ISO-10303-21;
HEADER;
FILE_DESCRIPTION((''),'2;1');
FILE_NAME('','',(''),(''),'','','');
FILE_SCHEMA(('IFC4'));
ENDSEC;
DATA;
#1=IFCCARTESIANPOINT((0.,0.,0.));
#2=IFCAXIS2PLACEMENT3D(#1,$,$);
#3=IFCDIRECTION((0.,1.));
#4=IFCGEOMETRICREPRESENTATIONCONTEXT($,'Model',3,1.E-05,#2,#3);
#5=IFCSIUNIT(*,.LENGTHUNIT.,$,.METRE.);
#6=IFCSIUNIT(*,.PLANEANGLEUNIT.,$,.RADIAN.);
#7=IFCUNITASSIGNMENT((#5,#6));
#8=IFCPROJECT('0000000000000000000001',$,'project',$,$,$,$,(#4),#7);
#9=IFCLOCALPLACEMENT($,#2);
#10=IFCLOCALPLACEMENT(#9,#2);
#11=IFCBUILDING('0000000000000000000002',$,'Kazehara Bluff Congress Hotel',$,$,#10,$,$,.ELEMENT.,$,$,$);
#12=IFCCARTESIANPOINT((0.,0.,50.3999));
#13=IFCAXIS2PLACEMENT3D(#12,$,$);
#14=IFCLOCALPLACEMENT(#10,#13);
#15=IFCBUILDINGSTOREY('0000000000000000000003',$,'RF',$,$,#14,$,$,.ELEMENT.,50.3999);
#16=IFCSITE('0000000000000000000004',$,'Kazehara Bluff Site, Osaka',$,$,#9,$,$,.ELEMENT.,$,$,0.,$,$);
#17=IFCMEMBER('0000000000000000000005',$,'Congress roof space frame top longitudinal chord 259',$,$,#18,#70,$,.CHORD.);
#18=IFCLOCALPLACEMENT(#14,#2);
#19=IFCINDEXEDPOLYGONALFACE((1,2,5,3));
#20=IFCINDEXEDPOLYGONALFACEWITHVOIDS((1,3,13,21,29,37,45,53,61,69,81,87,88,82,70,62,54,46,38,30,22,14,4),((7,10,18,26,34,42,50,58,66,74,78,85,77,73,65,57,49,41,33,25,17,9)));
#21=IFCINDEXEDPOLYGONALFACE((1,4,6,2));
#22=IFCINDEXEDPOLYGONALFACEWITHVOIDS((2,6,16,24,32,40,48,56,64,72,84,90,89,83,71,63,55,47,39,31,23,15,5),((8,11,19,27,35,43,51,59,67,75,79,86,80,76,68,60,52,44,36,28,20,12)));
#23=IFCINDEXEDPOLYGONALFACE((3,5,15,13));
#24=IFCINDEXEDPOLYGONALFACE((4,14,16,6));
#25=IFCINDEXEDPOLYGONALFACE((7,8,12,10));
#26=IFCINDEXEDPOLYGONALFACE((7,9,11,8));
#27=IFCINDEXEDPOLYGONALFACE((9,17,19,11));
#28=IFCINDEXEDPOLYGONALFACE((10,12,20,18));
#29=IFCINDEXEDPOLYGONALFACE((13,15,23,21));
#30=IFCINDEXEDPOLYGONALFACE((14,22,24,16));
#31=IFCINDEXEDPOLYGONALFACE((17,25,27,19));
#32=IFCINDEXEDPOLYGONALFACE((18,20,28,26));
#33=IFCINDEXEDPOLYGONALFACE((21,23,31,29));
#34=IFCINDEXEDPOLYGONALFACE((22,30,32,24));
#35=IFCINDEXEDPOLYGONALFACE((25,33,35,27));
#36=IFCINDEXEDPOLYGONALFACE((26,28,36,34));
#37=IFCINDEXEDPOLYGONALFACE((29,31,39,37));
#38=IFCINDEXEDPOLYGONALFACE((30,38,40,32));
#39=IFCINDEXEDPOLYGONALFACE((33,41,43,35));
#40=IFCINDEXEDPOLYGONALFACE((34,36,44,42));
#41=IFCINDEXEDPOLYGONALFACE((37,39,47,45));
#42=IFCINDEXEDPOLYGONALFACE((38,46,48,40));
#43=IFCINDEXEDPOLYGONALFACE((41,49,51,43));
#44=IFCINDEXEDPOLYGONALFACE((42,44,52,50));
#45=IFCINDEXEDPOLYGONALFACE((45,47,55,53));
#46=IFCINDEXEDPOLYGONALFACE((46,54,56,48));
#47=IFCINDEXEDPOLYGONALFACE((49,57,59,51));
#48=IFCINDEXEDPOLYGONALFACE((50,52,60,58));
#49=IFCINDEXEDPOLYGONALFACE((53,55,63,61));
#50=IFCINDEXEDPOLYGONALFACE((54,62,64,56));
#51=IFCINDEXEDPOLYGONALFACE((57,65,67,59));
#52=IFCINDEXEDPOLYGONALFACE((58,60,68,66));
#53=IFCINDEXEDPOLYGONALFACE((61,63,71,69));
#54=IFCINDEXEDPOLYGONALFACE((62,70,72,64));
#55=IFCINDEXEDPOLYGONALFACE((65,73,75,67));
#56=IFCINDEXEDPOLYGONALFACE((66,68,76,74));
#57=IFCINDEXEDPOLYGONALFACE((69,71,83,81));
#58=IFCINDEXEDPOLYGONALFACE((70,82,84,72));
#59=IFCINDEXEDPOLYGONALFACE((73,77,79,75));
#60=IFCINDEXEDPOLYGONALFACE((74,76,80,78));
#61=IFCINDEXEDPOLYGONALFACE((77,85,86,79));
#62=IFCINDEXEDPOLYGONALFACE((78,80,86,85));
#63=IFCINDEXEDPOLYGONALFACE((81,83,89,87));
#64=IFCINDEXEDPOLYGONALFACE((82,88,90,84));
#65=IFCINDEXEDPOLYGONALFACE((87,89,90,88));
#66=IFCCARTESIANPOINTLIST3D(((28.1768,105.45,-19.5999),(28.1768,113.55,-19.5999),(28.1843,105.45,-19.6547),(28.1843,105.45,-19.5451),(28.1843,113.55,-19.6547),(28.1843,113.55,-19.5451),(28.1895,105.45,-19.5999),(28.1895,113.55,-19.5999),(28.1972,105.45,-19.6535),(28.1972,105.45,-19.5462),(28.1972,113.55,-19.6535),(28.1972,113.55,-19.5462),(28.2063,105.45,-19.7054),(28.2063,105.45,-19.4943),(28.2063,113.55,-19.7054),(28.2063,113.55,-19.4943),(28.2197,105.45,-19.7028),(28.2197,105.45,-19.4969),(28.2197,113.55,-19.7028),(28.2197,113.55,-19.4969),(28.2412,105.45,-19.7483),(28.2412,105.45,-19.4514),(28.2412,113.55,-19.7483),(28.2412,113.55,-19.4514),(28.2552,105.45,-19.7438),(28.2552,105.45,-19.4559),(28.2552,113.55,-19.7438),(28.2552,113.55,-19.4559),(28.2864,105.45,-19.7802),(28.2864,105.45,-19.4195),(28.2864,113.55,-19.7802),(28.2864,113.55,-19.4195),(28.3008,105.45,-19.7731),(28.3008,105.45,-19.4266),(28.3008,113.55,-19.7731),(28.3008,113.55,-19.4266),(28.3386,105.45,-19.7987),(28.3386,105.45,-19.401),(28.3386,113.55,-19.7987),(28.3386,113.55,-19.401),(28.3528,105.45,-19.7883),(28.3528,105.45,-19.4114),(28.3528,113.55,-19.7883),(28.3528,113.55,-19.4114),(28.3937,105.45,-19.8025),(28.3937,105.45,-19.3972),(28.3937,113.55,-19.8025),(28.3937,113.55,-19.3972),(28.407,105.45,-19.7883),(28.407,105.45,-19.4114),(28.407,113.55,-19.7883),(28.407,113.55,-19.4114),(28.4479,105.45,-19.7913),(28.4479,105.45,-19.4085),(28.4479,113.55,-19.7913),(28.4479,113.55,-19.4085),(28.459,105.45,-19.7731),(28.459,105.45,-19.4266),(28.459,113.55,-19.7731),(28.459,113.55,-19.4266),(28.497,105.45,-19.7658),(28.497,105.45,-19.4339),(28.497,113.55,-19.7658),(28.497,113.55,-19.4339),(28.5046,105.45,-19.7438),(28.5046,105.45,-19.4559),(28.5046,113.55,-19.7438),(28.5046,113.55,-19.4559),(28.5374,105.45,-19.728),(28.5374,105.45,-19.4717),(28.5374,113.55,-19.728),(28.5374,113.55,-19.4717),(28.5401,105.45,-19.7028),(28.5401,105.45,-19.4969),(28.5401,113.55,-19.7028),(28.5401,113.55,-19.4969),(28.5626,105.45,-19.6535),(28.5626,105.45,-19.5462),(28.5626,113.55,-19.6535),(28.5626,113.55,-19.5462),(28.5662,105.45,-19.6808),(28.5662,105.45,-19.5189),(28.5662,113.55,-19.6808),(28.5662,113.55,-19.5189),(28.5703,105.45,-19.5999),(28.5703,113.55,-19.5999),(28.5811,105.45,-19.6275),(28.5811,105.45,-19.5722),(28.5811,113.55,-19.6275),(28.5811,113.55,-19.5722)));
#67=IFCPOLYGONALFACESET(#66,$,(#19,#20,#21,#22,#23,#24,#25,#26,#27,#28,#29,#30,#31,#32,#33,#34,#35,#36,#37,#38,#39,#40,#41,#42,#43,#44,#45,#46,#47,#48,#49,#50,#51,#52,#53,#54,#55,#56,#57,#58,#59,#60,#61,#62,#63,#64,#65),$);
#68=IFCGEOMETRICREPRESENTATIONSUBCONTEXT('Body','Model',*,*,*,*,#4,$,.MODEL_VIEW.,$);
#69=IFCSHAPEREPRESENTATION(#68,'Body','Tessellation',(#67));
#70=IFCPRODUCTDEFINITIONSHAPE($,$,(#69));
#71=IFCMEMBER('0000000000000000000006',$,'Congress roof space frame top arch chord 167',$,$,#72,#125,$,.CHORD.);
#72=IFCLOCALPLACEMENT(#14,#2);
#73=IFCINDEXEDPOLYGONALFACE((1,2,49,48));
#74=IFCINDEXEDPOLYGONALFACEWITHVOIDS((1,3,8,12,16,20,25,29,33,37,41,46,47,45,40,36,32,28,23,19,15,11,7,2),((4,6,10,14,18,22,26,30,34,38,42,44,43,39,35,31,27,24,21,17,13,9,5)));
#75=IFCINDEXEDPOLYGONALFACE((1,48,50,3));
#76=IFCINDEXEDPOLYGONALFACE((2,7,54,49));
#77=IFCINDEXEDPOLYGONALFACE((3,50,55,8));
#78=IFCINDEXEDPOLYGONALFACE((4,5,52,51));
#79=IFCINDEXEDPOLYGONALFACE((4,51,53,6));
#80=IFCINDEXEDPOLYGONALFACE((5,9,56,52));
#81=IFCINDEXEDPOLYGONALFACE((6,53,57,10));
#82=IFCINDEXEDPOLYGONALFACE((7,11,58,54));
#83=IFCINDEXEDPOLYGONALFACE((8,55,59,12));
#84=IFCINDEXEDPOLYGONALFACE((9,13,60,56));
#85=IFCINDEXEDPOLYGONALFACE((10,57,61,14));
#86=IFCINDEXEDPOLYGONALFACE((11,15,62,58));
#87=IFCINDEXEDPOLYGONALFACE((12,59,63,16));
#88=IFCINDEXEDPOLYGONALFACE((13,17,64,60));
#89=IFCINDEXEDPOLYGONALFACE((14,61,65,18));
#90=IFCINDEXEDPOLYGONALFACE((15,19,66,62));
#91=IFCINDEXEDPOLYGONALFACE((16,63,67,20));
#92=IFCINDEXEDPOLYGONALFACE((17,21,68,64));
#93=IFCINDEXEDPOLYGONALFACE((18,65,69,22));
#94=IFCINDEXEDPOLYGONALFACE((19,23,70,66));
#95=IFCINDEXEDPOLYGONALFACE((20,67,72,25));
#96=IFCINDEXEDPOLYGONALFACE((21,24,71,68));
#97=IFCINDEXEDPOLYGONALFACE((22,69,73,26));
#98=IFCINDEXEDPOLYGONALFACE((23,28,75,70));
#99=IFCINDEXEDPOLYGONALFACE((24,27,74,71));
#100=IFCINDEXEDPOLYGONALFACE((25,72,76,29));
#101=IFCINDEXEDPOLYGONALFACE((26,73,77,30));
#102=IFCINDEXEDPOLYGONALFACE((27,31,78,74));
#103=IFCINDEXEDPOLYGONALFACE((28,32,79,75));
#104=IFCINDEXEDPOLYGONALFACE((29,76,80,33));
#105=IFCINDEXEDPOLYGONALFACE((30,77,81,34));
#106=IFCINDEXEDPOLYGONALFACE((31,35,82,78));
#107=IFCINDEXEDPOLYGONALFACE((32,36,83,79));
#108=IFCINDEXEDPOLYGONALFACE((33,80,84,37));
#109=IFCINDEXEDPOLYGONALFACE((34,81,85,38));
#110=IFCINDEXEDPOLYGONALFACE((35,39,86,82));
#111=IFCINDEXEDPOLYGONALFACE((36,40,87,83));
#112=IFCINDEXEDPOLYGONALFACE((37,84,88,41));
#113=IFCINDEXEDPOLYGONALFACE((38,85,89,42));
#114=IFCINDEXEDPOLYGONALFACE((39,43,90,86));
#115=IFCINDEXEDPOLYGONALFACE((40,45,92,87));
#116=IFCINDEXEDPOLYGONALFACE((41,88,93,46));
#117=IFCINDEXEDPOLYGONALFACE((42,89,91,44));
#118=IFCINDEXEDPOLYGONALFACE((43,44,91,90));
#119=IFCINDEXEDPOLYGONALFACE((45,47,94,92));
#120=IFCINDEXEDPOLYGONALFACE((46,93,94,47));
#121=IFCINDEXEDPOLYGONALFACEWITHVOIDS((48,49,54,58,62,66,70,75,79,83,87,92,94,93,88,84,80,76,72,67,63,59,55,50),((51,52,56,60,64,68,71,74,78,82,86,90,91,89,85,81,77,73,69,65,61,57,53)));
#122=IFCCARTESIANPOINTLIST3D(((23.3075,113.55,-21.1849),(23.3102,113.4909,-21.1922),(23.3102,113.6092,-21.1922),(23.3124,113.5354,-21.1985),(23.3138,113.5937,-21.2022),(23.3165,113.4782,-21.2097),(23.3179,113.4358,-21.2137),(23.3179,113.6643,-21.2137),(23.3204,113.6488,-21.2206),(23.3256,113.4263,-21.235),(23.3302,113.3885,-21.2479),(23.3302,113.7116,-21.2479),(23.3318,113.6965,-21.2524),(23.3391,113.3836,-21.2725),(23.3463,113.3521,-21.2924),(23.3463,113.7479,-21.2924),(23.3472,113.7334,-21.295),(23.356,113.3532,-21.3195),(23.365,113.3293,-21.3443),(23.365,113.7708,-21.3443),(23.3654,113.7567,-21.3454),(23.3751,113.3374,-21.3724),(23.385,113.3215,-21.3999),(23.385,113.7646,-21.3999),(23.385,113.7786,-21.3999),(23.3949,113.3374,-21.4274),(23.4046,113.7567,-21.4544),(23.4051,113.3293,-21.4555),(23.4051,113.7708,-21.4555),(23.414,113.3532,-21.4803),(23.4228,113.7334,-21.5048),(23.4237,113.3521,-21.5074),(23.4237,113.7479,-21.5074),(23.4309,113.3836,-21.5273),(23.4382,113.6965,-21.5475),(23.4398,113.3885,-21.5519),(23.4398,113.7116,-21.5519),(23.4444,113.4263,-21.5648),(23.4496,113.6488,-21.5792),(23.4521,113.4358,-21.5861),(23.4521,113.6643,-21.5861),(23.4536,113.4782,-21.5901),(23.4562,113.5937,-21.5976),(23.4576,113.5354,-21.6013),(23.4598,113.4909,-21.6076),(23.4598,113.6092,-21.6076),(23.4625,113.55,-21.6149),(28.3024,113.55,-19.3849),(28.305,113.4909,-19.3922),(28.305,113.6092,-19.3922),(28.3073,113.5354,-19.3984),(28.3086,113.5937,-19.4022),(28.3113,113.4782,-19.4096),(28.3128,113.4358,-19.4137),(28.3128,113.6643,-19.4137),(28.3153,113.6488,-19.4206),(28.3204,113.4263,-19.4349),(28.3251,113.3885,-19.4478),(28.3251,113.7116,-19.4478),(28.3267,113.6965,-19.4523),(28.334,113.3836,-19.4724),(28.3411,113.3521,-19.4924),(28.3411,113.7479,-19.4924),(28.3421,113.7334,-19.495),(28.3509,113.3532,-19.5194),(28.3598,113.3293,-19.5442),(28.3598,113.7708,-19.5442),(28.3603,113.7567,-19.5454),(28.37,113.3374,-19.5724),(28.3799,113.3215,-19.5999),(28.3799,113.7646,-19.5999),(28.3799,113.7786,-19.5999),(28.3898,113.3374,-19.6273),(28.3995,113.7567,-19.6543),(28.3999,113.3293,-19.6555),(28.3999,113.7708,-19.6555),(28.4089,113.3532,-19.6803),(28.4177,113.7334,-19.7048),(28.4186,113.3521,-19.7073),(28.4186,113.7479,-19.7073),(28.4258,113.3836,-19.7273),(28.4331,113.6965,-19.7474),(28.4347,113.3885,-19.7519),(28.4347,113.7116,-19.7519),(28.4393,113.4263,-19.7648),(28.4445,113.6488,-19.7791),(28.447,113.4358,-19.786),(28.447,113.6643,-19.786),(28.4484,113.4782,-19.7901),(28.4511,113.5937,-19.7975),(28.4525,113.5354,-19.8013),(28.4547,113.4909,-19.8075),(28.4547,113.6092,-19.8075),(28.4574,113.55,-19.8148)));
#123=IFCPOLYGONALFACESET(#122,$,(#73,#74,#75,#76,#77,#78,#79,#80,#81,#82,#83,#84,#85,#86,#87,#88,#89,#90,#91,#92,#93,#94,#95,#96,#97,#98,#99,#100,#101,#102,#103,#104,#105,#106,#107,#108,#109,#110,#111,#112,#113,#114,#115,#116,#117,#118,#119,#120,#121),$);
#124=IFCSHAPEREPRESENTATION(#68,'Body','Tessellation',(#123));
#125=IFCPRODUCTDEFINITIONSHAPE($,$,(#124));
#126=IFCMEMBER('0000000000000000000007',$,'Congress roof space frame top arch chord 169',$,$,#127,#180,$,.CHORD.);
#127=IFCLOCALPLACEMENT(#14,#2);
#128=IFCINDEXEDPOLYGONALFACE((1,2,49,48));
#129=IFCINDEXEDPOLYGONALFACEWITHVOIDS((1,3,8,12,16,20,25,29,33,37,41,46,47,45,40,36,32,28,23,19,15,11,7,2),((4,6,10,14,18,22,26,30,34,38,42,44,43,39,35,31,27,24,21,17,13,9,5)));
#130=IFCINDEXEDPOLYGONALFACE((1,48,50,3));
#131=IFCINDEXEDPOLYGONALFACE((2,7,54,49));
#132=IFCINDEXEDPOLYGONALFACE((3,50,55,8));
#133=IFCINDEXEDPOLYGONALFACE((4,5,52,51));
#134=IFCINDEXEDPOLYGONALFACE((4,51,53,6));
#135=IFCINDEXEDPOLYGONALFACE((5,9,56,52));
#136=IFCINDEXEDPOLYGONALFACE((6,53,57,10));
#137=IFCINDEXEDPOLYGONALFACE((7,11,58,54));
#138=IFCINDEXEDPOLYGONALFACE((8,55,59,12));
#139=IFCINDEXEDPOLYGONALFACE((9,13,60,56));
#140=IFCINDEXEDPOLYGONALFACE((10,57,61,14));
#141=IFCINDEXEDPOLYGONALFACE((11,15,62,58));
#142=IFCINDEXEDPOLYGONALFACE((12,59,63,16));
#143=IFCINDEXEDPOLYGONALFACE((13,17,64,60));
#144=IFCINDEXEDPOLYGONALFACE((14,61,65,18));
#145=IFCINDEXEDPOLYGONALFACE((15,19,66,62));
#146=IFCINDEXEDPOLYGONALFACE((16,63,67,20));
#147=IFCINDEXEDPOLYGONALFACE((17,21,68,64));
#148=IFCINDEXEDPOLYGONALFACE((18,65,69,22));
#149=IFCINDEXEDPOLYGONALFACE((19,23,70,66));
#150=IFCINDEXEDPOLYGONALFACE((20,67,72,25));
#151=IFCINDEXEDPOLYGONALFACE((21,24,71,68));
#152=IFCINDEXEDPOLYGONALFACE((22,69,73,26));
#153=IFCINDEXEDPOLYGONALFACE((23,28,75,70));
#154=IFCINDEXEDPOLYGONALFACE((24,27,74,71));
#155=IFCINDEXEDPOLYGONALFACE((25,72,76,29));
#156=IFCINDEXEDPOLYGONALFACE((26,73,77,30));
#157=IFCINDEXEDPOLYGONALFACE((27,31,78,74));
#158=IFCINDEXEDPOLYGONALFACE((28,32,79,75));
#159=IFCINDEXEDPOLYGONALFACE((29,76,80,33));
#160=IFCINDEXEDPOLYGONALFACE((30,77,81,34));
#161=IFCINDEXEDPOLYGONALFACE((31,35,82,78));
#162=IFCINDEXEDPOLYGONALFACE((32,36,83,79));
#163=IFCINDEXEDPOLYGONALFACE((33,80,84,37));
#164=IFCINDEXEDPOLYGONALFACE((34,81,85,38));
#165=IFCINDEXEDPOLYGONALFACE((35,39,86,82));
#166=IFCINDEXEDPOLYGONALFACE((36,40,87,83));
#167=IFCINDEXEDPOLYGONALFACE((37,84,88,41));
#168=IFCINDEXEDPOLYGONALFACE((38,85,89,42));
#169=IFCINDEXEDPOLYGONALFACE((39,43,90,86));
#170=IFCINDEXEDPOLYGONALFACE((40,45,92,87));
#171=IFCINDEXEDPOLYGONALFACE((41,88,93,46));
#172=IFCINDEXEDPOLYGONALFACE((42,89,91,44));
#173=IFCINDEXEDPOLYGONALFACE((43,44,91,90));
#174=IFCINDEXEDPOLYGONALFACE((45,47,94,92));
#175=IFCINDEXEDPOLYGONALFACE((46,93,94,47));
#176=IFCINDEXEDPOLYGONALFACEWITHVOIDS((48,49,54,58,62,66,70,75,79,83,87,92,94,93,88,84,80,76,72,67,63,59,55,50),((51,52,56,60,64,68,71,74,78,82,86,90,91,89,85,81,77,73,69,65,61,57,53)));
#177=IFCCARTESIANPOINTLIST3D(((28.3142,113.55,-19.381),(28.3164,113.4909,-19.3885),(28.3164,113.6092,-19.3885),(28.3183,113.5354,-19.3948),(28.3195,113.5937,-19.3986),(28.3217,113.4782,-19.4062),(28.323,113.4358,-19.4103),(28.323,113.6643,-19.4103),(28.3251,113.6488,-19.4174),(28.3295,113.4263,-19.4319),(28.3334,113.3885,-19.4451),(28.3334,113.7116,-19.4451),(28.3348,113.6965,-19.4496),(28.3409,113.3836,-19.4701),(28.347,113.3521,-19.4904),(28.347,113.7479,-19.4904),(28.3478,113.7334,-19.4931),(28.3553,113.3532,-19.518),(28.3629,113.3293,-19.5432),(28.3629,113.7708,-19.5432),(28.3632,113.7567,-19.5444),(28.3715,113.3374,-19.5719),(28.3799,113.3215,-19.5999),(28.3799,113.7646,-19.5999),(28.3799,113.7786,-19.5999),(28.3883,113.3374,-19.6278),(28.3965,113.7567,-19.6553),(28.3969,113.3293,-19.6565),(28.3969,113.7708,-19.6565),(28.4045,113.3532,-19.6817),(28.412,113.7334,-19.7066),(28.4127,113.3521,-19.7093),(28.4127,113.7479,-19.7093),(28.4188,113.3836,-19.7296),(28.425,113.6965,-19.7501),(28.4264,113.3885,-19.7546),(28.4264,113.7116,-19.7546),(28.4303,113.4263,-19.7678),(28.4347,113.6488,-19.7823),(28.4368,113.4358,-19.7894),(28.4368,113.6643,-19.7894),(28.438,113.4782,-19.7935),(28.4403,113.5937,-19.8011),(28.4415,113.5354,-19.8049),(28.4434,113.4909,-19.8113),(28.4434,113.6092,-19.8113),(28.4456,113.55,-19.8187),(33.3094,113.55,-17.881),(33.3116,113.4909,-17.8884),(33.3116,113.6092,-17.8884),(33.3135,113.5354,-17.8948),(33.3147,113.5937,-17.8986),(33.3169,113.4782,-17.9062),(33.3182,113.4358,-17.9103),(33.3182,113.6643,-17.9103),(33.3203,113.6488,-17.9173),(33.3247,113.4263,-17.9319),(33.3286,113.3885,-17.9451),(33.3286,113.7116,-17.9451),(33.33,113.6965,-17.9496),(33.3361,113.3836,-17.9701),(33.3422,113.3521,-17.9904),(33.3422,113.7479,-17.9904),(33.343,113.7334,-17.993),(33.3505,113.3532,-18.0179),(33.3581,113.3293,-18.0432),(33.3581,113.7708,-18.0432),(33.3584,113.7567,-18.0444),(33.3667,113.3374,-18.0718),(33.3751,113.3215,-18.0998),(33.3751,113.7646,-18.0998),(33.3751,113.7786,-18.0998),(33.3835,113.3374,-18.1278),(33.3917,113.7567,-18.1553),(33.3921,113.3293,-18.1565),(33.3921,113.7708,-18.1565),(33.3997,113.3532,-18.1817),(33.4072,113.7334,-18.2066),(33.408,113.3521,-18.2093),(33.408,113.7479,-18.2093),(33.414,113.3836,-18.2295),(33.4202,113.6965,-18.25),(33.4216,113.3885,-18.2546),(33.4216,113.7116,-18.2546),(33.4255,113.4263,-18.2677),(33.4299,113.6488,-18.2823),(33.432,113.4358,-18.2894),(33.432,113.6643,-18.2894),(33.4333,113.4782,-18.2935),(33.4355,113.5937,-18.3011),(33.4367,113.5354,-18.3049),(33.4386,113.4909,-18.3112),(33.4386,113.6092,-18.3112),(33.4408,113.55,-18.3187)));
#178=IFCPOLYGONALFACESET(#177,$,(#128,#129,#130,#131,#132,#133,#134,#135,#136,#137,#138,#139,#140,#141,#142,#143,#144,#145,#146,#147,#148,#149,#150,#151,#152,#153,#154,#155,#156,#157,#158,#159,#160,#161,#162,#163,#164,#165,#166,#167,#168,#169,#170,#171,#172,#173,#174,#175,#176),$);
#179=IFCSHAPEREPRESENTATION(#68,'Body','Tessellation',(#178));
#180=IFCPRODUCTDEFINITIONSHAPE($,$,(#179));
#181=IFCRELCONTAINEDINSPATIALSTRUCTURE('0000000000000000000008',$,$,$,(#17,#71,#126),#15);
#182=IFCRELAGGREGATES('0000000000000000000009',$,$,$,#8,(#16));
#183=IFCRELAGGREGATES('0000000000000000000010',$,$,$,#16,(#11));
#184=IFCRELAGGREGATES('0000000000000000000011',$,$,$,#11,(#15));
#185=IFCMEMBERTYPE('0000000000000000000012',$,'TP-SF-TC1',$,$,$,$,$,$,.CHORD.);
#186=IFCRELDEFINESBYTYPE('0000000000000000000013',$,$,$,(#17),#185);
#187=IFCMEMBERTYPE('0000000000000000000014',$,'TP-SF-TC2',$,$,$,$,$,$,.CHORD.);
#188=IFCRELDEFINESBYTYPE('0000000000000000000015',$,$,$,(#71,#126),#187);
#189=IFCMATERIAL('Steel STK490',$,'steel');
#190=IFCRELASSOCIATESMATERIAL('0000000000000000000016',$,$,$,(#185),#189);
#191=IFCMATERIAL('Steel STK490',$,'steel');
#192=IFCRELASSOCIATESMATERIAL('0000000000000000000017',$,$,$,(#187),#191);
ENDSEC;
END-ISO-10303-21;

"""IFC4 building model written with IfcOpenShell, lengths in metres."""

from ifc_helpers import new_model, si_unit, direction, frame, origin, origin_2d, place, context, subcontext, project, spatial, hollow_circle, extrude, material, material_profile, profile_set, type_object, element, save


model = new_model("IFC4")

# Units and contexts
model_context = context("Model", 3, precision=1e-05, world=origin(), true_north=direction((0.0, 1.0)))
body_context = subcontext(model_context, "Body", "Model", "MODEL_VIEW")
ifc_project = project(units=[si_unit("LENGTHUNIT", "METRE"), si_unit("PLANEANGLEUNIT", "RADIAN")], contexts=[model_context])

# Site, building, storey
site_placement = place(None, origin())
site = spatial("IfcSite", under=ifc_project, at=site_placement, Name="Kazehara Bluff Site, Osaka", CompositionType="ELEMENT", RefElevation=0.0)
building_placement = place(site_placement, origin())
building = spatial("IfcBuilding", under=site, at=building_placement, Name="Kazehara Bluff Congress Hotel", CompositionType="ELEMENT")
storey_placement = place(building_placement, frame((0.0, 0.0, 50.3999)))
storey = spatial("IfcBuildingStorey", under=building, at=storey_placement, Name="RF", CompositionType="ELEMENT", Elevation=50.3999)

# Members
ifc_material_1 = material(Name="Steel STK490", Category="steel")
ifc_material_profile_1 = material_profile(ifc_material_1, hollow_circle(Radius=0.2031, WallThickness=0.0127, at=origin_2d()))
ifc_profile_set_1 = profile_set([ifc_material_profile_1], Name="Steel STK490")
member_type_1 = type_object("IfcMemberType", Name="TP-SF-TC1", PredefinedType="CHORD", material=ifc_profile_set_1)
member_1_placement = place(storey_placement, frame((28.3799, 105.45, -19.5999), z_axis=(0.0, 1.0, 0.0), x_axis=(-1.0, 0.0, 0.0)))
element("IfcMember", 1, at=member_1_placement, inside=storey, type_object=member_type_1, Name="Congress roof space frame top longitudinal chord 259", PredefinedType="CHORD", context=body_context, shape_type="SweptSolid", body=[
    extrude(hollow_circle(Radius=0.2031, WallThickness=0.0127, at=origin_2d()), origin(), (0.0, 0.0, 1.0), 8.1001),
])
ifc_material_2 = material(Name="Steel STK490", Category="steel")
ifc_material_profile_2 = material_profile(ifc_material_2, hollow_circle(Radius=0.2285, WallThickness=0.0139, at=origin_2d()))
ifc_profile_set_2 = profile_set([ifc_material_profile_2], Name="Steel STK490")
member_type_2 = type_object("IfcMemberType", Name="TP-SF-TC2", PredefinedType="CHORD", material=ifc_profile_set_2)
member_2_placement = place(storey_placement, frame((23.385, 113.55, -21.3999), z_axis=(0.940774, 0.0, 0.339035), x_axis=(0.0, 1.0, 0.0)))
element("IfcMember", 2, at=member_2_placement, inside=storey, type_object=member_type_2, Name="Congress roof space frame top arch chord 167", PredefinedType="CHORD", context=body_context, shape_type="SweptSolid", body=[
    extrude(hollow_circle(Radius=0.2285, WallThickness=0.0139, at=origin_2d()), origin(), (0.0, 0.0, 1.0), 5.3093),
])
member_3_placement = place(storey_placement, frame((28.3799, 113.55, -19.5999), z_axis=(0.957749, 0.0, 0.287606), x_axis=(0.0, 1.0, 0.0)))
element("IfcMember", 3, at=member_3_placement, inside=storey, type_object=member_type_2, Name="Congress roof space frame top arch chord 169", PredefinedType="CHORD", context=body_context, shape_type="SweptSolid", body=[
    extrude(hollow_circle(Radius=0.2285, WallThickness=0.0139, at=origin_2d()), origin(), (0.0, 0.0, 1.0), 5.2156),
])

save(model, "model.ifc")
